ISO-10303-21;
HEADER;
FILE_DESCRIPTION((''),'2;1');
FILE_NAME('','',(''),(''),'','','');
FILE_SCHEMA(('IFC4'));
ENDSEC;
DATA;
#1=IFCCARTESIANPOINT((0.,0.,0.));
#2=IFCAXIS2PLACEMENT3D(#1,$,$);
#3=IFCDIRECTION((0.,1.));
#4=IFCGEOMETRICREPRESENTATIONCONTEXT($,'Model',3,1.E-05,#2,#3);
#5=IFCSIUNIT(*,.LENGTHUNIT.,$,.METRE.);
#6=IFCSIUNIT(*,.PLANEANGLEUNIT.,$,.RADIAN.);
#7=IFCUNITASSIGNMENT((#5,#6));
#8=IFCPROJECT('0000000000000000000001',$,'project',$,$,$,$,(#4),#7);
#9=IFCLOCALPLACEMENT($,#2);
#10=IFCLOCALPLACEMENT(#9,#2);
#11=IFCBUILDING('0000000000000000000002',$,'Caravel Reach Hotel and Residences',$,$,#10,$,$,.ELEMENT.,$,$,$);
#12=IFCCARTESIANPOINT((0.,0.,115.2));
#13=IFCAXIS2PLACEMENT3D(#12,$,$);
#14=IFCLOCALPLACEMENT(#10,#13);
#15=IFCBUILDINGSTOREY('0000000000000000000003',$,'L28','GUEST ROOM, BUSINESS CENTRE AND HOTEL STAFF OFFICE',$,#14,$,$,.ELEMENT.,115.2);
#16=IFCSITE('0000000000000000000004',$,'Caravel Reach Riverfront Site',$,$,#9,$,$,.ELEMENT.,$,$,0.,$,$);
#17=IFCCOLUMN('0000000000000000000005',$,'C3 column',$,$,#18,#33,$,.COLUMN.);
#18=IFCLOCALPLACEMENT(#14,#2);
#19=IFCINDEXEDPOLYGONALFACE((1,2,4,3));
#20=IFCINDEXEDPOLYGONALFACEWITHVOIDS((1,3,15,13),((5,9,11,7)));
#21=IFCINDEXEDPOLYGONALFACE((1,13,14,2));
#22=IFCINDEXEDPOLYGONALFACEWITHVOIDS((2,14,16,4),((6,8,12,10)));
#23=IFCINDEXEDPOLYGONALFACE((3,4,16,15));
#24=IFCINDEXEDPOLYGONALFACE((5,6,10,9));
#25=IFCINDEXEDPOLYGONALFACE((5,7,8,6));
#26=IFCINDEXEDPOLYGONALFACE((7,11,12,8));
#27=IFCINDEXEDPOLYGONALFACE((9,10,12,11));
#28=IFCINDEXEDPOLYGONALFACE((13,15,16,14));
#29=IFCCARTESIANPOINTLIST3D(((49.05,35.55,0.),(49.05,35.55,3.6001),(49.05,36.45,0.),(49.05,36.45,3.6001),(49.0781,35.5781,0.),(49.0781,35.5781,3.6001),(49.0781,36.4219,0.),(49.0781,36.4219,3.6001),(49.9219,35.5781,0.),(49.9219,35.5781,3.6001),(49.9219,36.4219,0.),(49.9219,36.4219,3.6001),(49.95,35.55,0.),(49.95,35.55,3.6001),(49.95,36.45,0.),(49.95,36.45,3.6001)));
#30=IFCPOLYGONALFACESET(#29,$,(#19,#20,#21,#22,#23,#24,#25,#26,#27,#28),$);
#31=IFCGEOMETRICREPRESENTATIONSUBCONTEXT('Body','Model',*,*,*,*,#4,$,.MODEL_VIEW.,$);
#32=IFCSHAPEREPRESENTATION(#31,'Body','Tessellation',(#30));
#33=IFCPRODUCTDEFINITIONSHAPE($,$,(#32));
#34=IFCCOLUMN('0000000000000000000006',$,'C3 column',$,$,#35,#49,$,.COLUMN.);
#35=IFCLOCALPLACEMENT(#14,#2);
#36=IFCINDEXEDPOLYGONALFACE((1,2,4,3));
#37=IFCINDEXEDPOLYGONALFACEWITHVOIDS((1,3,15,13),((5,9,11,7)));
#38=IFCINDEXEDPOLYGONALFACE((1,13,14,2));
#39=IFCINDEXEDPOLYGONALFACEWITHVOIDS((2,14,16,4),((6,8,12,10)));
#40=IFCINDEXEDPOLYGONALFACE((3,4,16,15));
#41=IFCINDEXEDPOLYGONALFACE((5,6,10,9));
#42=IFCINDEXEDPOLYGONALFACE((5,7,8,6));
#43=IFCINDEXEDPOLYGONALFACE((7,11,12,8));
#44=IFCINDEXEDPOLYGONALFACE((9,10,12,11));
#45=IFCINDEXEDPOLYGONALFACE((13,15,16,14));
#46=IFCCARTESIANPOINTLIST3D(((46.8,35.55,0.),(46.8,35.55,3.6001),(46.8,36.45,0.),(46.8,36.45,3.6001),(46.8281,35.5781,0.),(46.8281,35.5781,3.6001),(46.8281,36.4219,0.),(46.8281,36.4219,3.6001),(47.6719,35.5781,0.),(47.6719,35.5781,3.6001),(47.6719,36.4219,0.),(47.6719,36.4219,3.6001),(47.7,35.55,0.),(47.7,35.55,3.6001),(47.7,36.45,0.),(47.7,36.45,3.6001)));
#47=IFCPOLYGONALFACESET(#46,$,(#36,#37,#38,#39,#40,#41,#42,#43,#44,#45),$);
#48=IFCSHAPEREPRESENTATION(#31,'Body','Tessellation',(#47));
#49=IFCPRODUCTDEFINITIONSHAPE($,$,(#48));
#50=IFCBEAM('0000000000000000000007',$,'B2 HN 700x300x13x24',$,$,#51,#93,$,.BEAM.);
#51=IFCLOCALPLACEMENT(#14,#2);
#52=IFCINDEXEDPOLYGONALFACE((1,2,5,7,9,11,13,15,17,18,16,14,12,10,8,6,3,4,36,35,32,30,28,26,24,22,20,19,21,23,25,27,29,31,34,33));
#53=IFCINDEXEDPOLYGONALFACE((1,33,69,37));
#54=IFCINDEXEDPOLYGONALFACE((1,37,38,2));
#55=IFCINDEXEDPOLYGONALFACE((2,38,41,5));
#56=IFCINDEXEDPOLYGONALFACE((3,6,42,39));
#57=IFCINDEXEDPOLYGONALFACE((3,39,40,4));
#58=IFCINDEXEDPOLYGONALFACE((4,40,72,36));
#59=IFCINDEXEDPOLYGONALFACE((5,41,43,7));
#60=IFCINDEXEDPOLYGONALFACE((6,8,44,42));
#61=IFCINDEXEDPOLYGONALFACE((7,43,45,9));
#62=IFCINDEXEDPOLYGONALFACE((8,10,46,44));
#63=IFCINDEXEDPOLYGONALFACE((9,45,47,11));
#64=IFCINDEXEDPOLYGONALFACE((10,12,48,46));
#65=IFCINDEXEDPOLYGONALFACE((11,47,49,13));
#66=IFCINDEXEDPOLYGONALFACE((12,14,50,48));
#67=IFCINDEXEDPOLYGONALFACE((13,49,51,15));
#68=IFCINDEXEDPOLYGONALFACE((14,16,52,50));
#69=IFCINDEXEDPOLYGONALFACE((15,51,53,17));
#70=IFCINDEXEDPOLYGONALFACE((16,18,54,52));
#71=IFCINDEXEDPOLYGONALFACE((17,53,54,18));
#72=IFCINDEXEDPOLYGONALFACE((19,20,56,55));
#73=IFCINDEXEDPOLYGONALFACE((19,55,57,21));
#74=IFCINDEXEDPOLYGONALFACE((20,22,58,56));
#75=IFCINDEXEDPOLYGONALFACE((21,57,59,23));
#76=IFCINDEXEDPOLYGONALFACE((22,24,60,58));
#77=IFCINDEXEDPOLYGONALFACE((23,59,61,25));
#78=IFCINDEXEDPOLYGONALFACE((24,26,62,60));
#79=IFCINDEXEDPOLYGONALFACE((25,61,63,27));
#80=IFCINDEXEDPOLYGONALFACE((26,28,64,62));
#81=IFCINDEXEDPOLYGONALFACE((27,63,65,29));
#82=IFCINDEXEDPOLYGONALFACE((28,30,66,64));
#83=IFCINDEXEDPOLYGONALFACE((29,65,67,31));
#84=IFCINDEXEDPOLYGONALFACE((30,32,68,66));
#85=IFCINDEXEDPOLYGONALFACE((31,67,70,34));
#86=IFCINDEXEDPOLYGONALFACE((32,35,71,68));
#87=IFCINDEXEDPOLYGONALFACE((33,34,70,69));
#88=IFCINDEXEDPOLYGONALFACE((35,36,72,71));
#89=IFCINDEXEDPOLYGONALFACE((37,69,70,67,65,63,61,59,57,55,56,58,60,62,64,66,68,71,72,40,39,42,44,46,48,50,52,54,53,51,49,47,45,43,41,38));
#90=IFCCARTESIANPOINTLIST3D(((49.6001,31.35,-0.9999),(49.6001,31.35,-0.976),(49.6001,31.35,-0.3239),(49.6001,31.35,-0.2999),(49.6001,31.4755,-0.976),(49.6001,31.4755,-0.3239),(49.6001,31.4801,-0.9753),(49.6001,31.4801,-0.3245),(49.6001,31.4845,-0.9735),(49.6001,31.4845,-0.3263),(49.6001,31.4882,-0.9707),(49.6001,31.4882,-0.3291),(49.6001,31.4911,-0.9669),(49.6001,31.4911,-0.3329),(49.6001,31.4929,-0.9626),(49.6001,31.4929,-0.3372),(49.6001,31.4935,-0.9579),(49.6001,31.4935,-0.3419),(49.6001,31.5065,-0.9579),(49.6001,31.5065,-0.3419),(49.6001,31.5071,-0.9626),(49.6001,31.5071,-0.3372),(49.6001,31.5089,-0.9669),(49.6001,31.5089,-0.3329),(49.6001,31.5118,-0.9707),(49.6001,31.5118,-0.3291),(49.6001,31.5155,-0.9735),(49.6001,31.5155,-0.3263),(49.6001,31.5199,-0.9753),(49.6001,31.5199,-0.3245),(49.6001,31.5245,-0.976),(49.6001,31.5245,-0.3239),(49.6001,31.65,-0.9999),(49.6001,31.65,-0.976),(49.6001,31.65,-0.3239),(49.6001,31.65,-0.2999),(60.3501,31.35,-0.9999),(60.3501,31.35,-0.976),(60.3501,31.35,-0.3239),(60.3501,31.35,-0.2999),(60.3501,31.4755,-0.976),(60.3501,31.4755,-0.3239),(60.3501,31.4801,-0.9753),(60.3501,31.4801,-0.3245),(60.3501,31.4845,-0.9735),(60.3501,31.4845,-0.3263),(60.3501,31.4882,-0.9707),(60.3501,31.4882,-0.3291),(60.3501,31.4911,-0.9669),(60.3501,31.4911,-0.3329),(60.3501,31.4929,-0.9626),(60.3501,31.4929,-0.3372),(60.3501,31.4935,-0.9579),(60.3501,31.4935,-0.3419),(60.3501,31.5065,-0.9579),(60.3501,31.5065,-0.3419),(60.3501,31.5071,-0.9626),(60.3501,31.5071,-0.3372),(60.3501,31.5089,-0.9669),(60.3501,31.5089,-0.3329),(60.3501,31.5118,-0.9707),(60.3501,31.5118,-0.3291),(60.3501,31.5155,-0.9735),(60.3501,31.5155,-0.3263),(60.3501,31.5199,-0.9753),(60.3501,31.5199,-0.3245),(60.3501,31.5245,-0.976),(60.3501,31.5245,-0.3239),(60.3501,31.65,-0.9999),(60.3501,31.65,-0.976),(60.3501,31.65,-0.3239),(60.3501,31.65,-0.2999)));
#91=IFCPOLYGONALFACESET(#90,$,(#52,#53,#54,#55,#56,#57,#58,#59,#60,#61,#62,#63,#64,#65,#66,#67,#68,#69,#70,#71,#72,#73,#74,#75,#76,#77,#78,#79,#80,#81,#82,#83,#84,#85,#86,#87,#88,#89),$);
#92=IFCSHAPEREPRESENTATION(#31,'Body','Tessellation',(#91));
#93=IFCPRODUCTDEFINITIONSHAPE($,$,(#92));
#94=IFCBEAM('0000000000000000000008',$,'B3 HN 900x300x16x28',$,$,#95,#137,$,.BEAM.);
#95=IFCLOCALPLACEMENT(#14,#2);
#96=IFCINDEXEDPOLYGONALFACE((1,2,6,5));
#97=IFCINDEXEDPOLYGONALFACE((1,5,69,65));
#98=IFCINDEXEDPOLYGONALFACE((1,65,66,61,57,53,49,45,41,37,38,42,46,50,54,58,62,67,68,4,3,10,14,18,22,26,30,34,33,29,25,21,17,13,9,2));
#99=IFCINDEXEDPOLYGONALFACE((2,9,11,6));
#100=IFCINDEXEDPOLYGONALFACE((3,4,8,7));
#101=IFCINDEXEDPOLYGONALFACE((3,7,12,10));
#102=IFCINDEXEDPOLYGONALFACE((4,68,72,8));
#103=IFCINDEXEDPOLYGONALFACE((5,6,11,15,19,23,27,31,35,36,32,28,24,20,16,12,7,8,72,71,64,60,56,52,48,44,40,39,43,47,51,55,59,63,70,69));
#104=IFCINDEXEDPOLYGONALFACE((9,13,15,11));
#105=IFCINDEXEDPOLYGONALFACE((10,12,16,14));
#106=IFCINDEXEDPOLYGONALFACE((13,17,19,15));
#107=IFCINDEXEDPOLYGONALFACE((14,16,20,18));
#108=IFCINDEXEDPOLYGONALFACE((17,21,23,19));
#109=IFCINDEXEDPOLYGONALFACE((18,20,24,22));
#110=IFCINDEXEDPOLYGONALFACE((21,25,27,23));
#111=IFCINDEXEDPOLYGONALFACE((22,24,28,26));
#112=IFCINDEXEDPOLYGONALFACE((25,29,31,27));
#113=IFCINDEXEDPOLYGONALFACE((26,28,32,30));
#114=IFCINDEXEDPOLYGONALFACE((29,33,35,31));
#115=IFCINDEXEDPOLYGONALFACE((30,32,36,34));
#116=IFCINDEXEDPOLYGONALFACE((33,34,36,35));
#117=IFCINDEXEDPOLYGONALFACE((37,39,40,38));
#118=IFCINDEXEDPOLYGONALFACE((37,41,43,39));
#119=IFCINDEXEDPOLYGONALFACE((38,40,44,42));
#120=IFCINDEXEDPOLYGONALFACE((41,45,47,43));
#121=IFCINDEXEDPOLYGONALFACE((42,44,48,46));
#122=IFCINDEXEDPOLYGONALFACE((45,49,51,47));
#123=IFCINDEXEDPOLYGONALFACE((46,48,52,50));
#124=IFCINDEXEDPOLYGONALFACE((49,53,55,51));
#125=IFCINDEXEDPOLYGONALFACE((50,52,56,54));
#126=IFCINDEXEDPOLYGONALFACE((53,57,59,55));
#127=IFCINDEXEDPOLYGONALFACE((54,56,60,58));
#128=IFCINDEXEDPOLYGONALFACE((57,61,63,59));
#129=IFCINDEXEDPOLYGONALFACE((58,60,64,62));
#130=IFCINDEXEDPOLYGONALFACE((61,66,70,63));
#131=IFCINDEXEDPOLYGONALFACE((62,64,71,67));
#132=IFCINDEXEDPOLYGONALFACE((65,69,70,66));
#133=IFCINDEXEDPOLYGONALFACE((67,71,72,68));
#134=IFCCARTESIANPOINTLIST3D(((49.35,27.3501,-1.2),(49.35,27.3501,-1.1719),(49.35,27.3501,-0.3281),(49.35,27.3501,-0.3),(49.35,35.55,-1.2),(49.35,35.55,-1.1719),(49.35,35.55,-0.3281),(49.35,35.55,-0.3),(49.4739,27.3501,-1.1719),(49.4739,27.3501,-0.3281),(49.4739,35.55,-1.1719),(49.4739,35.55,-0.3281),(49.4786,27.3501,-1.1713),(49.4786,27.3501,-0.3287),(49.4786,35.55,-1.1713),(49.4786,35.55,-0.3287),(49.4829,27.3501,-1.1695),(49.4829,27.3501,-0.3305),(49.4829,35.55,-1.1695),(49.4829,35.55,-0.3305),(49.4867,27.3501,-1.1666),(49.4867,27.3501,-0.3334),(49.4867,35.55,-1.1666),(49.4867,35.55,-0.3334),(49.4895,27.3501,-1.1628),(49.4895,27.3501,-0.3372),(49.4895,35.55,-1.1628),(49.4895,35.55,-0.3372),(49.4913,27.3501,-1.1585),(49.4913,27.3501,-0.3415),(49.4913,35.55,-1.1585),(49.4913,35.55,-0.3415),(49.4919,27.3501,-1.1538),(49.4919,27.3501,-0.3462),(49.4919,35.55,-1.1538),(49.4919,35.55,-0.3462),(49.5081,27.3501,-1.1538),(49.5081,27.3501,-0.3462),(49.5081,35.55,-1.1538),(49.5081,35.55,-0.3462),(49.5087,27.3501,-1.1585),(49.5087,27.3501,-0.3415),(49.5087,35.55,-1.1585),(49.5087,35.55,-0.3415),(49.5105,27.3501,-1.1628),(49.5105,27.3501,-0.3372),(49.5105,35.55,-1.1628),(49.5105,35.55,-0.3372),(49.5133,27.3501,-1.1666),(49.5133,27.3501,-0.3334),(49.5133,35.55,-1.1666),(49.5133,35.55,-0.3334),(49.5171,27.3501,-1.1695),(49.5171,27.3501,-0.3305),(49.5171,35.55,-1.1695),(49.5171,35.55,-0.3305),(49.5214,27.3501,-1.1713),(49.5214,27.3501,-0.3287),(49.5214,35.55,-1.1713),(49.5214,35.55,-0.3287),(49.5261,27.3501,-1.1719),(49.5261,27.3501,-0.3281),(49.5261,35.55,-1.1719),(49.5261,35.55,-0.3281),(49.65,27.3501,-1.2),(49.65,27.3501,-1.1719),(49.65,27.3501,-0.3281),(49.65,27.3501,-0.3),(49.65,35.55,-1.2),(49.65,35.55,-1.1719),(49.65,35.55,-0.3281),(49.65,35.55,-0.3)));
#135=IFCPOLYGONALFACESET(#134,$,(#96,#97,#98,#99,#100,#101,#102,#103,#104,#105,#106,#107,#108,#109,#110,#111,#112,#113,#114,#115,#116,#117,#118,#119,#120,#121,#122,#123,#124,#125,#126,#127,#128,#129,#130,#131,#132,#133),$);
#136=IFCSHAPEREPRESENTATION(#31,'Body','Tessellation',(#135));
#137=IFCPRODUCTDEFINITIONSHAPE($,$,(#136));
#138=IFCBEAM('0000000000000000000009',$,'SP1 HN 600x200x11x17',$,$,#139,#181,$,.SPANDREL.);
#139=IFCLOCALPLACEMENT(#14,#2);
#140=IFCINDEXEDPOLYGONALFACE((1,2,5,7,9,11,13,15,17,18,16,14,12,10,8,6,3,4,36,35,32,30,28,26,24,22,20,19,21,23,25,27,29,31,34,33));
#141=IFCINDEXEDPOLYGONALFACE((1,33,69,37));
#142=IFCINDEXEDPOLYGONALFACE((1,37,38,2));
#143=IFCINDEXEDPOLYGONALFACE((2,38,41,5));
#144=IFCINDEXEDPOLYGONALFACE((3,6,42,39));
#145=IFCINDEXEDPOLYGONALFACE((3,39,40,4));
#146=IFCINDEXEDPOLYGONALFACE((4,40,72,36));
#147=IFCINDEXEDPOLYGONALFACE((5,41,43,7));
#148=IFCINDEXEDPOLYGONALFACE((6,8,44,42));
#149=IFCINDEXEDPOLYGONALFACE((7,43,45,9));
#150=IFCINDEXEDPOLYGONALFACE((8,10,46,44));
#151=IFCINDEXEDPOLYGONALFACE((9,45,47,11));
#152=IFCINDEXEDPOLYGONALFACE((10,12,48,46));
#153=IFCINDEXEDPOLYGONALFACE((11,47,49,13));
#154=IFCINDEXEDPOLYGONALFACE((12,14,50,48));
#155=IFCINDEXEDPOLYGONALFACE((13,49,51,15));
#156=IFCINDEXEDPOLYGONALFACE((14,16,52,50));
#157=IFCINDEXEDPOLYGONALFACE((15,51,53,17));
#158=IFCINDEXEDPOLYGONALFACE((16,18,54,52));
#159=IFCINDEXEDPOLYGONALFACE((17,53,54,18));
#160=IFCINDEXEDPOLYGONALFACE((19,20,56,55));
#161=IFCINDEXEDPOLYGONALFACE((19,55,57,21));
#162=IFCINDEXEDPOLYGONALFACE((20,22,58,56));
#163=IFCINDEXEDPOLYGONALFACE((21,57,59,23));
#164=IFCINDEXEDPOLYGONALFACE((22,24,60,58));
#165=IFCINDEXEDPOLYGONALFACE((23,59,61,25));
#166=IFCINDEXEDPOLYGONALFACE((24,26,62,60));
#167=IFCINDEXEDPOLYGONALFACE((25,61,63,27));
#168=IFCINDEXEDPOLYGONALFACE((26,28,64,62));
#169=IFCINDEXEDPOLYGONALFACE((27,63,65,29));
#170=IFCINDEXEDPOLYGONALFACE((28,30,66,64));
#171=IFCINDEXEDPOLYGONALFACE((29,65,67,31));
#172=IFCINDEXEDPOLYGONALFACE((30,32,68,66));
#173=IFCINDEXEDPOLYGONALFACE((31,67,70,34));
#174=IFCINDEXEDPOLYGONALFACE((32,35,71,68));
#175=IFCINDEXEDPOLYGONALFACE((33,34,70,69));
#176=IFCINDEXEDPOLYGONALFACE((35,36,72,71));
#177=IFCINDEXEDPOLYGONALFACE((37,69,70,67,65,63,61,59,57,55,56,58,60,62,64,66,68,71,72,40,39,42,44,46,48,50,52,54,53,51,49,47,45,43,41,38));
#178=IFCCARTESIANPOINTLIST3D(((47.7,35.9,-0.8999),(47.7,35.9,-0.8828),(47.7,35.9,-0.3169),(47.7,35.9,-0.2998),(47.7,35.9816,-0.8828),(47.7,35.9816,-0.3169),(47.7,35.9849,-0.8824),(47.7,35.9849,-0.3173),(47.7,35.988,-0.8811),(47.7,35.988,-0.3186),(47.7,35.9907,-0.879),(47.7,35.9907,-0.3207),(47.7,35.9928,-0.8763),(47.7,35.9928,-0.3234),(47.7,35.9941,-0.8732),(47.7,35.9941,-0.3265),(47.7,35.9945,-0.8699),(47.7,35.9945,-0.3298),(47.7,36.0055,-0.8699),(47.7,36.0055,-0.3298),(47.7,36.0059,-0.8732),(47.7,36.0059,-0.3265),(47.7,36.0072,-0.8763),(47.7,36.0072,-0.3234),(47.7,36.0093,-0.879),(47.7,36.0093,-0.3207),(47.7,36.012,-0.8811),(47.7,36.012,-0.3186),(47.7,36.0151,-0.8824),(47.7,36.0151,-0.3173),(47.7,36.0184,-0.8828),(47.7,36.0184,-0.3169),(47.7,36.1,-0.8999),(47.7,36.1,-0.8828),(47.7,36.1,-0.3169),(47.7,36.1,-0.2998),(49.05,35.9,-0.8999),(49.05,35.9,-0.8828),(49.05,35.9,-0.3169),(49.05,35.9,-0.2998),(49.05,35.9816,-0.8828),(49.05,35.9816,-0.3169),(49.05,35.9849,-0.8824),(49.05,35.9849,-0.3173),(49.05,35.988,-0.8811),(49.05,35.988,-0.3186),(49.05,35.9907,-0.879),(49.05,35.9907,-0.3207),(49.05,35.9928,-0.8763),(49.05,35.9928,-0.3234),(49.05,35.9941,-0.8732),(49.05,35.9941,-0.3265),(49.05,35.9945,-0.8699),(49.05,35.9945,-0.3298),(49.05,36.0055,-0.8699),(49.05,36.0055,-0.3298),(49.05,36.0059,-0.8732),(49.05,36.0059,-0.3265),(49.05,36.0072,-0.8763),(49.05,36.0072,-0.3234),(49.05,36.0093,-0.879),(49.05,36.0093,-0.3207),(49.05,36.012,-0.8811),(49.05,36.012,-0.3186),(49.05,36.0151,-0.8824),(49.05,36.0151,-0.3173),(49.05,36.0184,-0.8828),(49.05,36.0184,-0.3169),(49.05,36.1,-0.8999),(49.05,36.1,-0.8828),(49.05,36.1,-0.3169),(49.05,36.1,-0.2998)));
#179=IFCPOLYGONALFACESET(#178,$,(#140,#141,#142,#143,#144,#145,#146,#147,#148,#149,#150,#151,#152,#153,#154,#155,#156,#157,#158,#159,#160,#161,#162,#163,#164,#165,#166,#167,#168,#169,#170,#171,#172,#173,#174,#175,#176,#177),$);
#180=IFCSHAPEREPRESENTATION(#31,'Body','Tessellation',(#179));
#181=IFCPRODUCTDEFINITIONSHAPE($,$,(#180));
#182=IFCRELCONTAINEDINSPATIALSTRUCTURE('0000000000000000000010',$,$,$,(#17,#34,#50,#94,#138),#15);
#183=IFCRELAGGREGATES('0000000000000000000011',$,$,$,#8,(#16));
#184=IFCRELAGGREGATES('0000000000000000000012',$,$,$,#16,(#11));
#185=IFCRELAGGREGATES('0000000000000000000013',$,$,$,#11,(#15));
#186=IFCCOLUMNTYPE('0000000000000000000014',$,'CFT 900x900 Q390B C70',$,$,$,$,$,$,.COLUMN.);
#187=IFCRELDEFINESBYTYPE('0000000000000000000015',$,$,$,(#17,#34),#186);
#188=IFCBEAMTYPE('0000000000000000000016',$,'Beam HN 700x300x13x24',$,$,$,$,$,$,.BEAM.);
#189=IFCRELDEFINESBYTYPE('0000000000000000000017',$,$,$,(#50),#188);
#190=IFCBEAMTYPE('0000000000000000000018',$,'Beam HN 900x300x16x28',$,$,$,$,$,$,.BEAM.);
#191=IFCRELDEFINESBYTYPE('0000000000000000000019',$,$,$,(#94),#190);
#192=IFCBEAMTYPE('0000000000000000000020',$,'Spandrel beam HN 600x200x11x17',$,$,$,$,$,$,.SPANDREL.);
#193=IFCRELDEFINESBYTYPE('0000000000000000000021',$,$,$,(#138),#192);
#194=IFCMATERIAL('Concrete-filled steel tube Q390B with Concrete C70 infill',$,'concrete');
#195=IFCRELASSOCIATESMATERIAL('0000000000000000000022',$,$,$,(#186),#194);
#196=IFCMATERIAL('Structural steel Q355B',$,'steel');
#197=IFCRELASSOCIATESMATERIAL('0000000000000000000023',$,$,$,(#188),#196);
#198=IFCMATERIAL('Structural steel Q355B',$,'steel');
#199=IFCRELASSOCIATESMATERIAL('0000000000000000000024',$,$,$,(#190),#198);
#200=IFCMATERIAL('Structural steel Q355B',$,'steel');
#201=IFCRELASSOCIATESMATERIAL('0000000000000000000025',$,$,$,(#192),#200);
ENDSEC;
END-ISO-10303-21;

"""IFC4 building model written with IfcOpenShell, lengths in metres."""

from ifc_helpers import new_model, si_unit, direction, frame, origin, origin_2d, place, context, subcontext, project, spatial, hollow_rectangle, i_section, extrude, material, material_profile, profile_set, type_object, element, save


model = new_model("IFC4")

# Units and contexts
model_context = context("Model", 3, precision=1e-05, world=origin(), true_north=direction((0.0, 1.0)))
body_context = subcontext(model_context, "Body", "Model", "MODEL_VIEW")
ifc_project = project(units=[si_unit("LENGTHUNIT", "METRE"), si_unit("PLANEANGLEUNIT", "RADIAN")], contexts=[model_context])

# Site, building, storey
site_placement = place(None, origin())
site = spatial("IfcSite", under=ifc_project, at=site_placement, Name="Caravel Reach Riverfront Site", CompositionType="ELEMENT", RefElevation=0.0)
building_placement = place(site_placement, origin())
building = spatial("IfcBuilding", under=site, at=building_placement, Name="Caravel Reach Hotel and Residences", CompositionType="ELEMENT")
storey_placement = place(building_placement, frame((0.0, 0.0, 115.2)))
storey = spatial("IfcBuildingStorey", under=building, at=storey_placement, Name="L28", Description="GUEST ROOM, BUSINESS CENTRE AND HOTEL STAFF OFFICE", CompositionType="ELEMENT", Elevation=115.2)

# Columns
ifc_material_1 = material(Name="Concrete-filled steel tube Q390B with Concrete C70 infill", Category="concrete")
ifc_material_profile_1 = material_profile(ifc_material_1, hollow_rectangle(XDim=0.8999, YDim=0.8999, WallThickness=0.0281, at=origin_2d()), Name="RHS 900x900x28")
ifc_profile_set_1 = profile_set([ifc_material_profile_1], Name="Concrete-filled steel tube Q390B with Concrete C70 infill")
column_type = type_object("IfcColumnType", Name="CFT 900x900 Q390B C70", PredefinedType="COLUMN", material=ifc_profile_set_1)
for number, where, z_axis, x_axis, name in (
    (1, (49.5, 36.0, 0.0), (0.0, 0.0, 1.0), (1.0, 0.0, 0.0), "C3 column"),
    (2, (47.25, 36.0, 0.0), (0.0, 0.0, 1.0), (1.0, 0.0, 0.0), "C3 column"),
):
    element("IfcColumn", number, at=place(storey_placement, frame(where, z_axis=z_axis, x_axis=x_axis)), inside=storey, type_object=column_type, Name=name, PredefinedType="COLUMN", context=body_context, shape_type="SweptSolid", body=[
        extrude(hollow_rectangle(XDim=0.8999, YDim=0.8999, WallThickness=0.0281, at=origin_2d()), origin(), (0.0, 0.0, 1.0), 3.6001),
    ])

# Beams
ifc_material_2 = material(Name="Structural steel Q355B", Category="steel")
ifc_material_profile_2 = material_profile(ifc_material_2, i_section(OverallWidth=0.3, OverallDepth=0.7, WebThickness=0.0129, FlangeThickness=0.0239, FilletRadius=0.0181, at=origin_2d()), Name="HN 700x300x13x24")
ifc_profile_set_2 = profile_set([ifc_material_profile_2], Name="Structural steel Q355B")
beam_type_1 = type_object("IfcBeamType", Name="Beam HN 700x300x13x24", PredefinedType="BEAM", material=ifc_profile_set_2)
beam_1_placement = place(storey_placement, frame((49.6001, 31.5, -0.6499), z_axis=(1.0, 0.0, 0.0), x_axis=(0.0, 1.0, 0.0)))
element("IfcBeam", 3, at=beam_1_placement, inside=storey, type_object=beam_type_1, Name="B2 HN 700x300x13x24", PredefinedType="BEAM", context=body_context, shape_type="SweptSolid", body=[
    extrude(i_section(OverallWidth=0.3, OverallDepth=0.7, WebThickness=0.0129, FlangeThickness=0.0239, FilletRadius=0.0181, at=origin_2d()), origin(), (0.0, 0.0, 1.0), 10.75),
])
ifc_material_3 = material(Name="Structural steel Q355B", Category="steel")
ifc_material_profile_3 = material_profile(ifc_material_3, i_section(OverallWidth=0.3, OverallDepth=0.8999, WebThickness=0.0161, FlangeThickness=0.0281, FilletRadius=0.0181, at=origin_2d()), Name="HN 900x300x16x28")
ifc_profile_set_3 = profile_set([ifc_material_profile_3], Name="Structural steel Q355B")
beam_type_2 = type_object("IfcBeamType", Name="Beam HN 900x300x16x28", PredefinedType="BEAM", material=ifc_profile_set_3)
beam_2_placement = place(storey_placement, frame((49.5, 27.3501, -0.75), z_axis=(0.0, 1.0, 0.0), x_axis=(-1.0, 0.0, 0.0)))
element("IfcBeam", 4, at=beam_2_placement, inside=storey, type_object=beam_type_2, Name="B3 HN 900x300x16x28", PredefinedType="BEAM", context=body_context, shape_type="SweptSolid", body=[
    extrude(i_section(OverallWidth=0.3, OverallDepth=0.8999, WebThickness=0.0161, FlangeThickness=0.0281, FilletRadius=0.0181, at=origin_2d()), origin(), (0.0, 0.0, 1.0), 8.2),
])
ifc_material_4 = material(Name="Structural steel Q355B", Category="steel")
ifc_material_profile_4 = material_profile(ifc_material_4, i_section(OverallWidth=0.2, OverallDepth=0.6001, WebThickness=0.011, FlangeThickness=0.0171, FilletRadius=0.0129, at=origin_2d()), Name="HN 600x200x11x17")
ifc_profile_set_4 = profile_set([ifc_material_profile_4], Name="Structural steel Q355B")
beam_type_3 = type_object("IfcBeamType", Name="Spandrel beam HN 600x200x11x17", PredefinedType="SPANDREL", material=ifc_profile_set_4)
beam_3_placement = place(storey_placement, frame((49.05, 36.0, -0.5999), z_axis=(-1.0, 0.0, 0.0), x_axis=(0.0, -1.0, 0.0)))
element("IfcBeam", 5, at=beam_3_placement, inside=storey, type_object=beam_type_3, Name="SP1 HN 600x200x11x17", PredefinedType="SPANDREL", context=body_context, shape_type="SweptSolid", body=[
    extrude(i_section(OverallWidth=0.2, OverallDepth=0.6001, WebThickness=0.011, FlangeThickness=0.0171, FilletRadius=0.0129, at=origin_2d()), origin(), (0.0, 0.0, 1.0), 1.3501),
])

save(model, "model.ifc")
